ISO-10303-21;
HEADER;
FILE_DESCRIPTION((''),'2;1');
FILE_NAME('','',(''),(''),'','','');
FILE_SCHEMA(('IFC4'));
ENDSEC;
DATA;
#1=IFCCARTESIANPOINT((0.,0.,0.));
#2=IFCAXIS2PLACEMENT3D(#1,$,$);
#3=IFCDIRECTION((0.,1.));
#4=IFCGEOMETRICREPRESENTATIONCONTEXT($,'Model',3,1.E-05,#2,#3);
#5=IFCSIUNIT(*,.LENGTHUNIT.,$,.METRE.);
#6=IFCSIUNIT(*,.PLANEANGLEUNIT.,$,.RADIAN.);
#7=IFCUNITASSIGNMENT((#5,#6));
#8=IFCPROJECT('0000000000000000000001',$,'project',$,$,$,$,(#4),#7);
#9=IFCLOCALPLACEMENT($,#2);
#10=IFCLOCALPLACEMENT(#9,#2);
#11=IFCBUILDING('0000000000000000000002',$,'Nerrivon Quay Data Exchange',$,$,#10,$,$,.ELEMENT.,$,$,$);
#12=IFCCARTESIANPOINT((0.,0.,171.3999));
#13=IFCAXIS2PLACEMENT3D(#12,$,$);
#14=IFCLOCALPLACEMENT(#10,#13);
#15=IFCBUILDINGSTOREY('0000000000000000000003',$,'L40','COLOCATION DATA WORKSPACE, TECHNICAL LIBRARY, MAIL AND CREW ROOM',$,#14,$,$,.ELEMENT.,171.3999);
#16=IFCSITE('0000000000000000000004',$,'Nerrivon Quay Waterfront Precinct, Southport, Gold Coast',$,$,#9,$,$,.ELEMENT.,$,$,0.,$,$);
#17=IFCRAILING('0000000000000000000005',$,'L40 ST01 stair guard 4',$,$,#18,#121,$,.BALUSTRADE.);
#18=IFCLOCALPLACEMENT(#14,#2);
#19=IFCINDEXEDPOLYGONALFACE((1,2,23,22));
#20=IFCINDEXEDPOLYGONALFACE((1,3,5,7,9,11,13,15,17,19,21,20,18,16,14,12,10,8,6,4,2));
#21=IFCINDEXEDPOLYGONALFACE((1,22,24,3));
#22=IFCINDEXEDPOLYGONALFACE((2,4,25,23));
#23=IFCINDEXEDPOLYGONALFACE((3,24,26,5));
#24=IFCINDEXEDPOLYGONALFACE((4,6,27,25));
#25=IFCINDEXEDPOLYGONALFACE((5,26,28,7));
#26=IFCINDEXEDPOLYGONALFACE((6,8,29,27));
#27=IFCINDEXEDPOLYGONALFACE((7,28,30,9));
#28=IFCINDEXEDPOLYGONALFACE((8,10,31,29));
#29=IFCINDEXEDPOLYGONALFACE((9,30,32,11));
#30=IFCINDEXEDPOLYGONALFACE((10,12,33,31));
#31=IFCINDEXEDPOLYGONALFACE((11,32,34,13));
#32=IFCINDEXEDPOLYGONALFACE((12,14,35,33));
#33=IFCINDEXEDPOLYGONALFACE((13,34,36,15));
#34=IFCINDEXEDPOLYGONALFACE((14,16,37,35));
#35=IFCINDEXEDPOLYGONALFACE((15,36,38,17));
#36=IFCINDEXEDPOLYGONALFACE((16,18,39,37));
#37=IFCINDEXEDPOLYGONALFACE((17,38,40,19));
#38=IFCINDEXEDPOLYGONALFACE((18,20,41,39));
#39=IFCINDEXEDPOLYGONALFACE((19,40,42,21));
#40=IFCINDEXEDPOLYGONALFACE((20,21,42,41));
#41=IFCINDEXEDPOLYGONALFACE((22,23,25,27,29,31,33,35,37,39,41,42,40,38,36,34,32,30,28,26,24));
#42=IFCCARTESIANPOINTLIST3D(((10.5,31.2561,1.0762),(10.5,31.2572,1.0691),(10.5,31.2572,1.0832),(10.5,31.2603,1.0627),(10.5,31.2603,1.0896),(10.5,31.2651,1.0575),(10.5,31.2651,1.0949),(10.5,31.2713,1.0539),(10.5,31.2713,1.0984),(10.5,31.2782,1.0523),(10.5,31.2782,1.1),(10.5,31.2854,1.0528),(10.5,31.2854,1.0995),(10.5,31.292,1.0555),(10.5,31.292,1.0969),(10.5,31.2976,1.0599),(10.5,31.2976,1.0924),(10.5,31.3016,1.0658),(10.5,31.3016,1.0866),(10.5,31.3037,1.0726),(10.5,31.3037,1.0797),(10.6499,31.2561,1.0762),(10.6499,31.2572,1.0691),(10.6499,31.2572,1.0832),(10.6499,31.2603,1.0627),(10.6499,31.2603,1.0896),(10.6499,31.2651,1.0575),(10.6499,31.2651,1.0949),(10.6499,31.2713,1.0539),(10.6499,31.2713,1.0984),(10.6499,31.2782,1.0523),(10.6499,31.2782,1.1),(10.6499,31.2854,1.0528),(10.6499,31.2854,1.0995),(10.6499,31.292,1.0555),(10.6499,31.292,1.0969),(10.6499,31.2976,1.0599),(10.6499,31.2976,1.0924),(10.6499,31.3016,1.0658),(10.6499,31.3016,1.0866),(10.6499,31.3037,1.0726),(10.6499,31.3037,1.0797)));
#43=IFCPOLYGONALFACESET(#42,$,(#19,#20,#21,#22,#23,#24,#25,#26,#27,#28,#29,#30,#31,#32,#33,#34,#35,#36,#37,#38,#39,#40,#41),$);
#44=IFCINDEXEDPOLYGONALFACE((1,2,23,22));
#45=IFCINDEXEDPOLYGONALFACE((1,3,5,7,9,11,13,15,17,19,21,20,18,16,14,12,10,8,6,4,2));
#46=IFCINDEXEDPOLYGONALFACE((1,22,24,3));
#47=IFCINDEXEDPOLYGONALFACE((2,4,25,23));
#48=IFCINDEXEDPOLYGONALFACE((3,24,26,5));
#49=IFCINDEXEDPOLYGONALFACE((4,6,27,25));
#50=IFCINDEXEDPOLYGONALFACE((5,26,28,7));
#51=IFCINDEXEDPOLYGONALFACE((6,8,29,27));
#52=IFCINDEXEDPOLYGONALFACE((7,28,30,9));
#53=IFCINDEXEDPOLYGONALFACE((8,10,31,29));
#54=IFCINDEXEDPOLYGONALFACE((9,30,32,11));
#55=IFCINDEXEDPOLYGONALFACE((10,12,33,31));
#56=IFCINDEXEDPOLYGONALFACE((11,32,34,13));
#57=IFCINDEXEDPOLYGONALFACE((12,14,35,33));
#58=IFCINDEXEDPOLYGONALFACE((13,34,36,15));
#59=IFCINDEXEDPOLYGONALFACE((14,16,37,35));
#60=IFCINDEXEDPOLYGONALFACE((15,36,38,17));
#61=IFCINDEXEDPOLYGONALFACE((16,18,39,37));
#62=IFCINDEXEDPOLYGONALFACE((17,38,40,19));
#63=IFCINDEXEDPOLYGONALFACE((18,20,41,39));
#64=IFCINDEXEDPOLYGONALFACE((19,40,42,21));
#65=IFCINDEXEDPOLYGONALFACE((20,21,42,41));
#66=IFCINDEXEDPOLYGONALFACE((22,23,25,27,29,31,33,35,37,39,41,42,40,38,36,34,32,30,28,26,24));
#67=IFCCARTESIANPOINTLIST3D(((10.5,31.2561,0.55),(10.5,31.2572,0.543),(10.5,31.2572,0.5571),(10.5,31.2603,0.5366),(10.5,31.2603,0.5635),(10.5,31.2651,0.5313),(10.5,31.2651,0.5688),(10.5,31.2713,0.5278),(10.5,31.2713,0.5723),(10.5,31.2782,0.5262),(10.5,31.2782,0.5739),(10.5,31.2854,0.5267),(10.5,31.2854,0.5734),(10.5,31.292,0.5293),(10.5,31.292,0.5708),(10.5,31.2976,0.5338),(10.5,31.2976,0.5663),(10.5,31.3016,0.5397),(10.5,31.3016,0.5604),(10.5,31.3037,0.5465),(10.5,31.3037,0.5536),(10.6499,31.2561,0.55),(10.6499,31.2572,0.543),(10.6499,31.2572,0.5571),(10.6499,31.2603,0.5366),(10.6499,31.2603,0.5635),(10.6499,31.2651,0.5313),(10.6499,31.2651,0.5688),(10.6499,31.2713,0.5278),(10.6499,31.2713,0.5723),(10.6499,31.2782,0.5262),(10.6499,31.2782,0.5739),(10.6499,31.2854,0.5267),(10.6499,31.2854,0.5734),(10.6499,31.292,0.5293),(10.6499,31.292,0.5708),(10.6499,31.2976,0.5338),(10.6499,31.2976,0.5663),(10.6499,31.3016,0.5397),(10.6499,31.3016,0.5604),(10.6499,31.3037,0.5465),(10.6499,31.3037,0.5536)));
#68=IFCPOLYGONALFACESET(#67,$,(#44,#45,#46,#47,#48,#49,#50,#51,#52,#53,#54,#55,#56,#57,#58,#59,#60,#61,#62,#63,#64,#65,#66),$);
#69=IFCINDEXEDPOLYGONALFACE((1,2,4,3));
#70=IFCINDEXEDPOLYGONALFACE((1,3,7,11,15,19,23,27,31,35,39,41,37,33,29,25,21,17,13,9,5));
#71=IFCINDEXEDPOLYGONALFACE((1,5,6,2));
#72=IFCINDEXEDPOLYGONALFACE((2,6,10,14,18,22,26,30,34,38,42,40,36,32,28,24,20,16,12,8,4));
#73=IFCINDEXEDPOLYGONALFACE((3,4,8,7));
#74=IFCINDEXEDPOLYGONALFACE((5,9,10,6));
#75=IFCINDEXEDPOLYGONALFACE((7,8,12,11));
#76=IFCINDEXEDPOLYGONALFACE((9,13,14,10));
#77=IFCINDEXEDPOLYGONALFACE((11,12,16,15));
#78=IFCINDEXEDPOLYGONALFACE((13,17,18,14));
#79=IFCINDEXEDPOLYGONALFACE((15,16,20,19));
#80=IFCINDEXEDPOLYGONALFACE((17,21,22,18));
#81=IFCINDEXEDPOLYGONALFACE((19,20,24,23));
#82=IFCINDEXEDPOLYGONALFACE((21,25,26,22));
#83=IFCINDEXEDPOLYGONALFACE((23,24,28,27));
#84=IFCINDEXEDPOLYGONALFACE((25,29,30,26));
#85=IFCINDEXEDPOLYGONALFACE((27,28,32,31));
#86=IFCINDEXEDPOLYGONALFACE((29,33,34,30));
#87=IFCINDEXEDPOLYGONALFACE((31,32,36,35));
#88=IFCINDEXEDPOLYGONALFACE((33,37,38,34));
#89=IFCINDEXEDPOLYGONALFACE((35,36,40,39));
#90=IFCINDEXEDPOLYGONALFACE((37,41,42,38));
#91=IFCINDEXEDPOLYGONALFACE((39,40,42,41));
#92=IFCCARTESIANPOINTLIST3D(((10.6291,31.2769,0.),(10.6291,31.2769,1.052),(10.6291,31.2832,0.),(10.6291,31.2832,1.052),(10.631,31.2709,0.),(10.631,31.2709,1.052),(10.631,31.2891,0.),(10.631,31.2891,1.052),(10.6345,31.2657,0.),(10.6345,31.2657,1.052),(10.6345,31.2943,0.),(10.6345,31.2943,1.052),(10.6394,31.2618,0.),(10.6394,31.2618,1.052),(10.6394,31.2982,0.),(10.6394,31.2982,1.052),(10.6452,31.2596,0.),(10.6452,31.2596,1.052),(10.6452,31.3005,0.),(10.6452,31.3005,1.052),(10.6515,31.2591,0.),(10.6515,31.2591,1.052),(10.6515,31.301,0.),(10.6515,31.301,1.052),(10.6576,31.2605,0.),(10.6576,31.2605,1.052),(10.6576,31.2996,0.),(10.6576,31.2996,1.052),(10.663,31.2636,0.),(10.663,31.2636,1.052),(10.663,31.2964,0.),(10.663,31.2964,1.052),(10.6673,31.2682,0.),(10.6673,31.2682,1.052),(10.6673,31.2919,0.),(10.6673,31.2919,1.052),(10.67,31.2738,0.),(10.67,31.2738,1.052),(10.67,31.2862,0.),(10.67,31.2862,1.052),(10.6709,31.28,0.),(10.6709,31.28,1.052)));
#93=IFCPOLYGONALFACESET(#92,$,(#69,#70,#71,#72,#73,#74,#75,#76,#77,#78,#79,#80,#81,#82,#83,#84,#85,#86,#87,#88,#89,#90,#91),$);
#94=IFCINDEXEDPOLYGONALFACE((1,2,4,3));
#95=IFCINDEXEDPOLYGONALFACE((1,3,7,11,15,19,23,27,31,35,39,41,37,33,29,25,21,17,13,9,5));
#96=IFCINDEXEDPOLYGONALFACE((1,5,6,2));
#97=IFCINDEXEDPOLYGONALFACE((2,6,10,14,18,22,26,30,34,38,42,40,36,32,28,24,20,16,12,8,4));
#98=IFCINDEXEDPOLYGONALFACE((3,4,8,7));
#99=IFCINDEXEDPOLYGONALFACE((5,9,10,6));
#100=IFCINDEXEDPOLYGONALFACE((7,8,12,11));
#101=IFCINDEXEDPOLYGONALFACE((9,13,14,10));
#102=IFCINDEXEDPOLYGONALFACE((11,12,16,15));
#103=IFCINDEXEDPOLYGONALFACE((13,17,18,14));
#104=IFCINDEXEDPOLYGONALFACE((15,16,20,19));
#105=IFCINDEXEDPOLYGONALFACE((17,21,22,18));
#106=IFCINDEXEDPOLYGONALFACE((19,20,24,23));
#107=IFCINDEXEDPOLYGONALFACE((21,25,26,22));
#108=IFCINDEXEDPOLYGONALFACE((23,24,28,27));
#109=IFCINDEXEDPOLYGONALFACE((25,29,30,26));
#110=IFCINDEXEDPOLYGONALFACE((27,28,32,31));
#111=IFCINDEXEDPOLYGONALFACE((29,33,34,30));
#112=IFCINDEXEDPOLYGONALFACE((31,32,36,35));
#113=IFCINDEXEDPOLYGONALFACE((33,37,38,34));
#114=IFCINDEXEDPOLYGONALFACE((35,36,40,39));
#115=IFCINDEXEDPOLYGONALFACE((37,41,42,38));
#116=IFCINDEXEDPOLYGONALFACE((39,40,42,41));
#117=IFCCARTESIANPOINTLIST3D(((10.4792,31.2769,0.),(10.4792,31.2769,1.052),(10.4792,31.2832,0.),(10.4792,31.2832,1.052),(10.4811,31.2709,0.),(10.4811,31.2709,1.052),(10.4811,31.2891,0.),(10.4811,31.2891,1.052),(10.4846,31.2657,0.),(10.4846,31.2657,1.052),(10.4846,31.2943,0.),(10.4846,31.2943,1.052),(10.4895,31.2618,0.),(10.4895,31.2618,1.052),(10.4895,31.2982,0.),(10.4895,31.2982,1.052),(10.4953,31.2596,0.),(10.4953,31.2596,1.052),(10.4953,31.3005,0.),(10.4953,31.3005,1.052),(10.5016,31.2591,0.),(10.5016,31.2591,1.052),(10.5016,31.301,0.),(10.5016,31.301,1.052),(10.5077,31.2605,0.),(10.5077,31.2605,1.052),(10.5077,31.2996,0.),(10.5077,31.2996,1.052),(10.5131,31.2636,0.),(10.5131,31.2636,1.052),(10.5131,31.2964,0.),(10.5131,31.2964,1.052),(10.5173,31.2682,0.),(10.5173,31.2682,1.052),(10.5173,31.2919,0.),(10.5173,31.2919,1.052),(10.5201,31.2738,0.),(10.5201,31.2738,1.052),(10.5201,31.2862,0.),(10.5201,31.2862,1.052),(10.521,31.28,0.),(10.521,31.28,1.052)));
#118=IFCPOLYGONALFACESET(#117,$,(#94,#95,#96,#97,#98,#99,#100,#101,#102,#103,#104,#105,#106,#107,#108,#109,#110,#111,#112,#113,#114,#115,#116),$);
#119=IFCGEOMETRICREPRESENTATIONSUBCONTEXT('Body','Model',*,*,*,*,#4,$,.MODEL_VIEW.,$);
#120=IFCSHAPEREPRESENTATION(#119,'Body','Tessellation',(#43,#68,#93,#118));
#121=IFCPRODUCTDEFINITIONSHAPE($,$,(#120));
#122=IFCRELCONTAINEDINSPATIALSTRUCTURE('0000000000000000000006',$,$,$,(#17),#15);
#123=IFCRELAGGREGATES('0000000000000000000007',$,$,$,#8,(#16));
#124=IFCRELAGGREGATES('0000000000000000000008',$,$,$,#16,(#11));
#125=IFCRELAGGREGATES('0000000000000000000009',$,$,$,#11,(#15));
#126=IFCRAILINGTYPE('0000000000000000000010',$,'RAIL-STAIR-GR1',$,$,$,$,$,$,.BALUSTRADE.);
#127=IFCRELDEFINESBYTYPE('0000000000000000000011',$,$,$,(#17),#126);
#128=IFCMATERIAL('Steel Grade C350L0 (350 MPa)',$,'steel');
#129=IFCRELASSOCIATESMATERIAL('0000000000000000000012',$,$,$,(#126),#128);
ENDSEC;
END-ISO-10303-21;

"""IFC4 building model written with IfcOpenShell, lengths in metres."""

from ifc_helpers import new_model, si_unit, direction, frame, origin, origin_2d, place, context, subcontext, project, spatial, circle, extrude, material, type_object, element, save


model = new_model("IFC4")

# Units and contexts
model_context = context("Model", 3, precision=1e-05, world=origin(), true_north=direction((0.0, 1.0)))
body_context = subcontext(model_context, "Body", "Model", "MODEL_VIEW")
ifc_project = project(units=[si_unit("LENGTHUNIT", "METRE"), si_unit("PLANEANGLEUNIT", "RADIAN")], contexts=[model_context])

# Site, building, storey
site_placement = place(None, origin())
site = spatial("IfcSite", under=ifc_project, at=site_placement, Name="Nerrivon Quay Waterfront Precinct, Southport, Gold Coast", CompositionType="ELEMENT", RefElevation=0.0)
building_placement = place(site_placement, origin())
building = spatial("IfcBuilding", under=site, at=building_placement, Name="Nerrivon Quay Data Exchange", CompositionType="ELEMENT")
storey_placement = place(building_placement, frame((0.0, 0.0, 171.3999)))
storey = spatial("IfcBuildingStorey", under=building, at=storey_placement, Name="L40", Description="COLOCATION DATA WORKSPACE, TECHNICAL LIBRARY, MAIL AND CREW ROOM", CompositionType="ELEMENT", Elevation=171.3999)

# Railing
ifc_material_1 = material(Name="Steel Grade C350L0 (350 MPa)", Category="steel")
railing_type_1 = type_object("IfcRailingType", Name="RAIL-STAIR-GR1", PredefinedType="BALUSTRADE", material=ifc_material_1)
railing_1_placement = place(storey_placement, frame((10.6499, 31.28, 0.0)))
element("IfcRailing", 1, at=railing_1_placement, inside=storey, type_object=railing_type_1, Name="L40 ST01 stair guard 4", PredefinedType="BALUSTRADE", context=body_context, shape_type="SweptSolid", body=[
    extrude(circle(Radius=0.0239, at=origin_2d()), frame((0.0, 0.0, 1.0762), z_axis=(-1.0, 0.0, 0.0), x_axis=(0.0, -1.0, 0.0)), (0.0, 0.0, 1.0), 0.1499),
    extrude(circle(Radius=0.0239, at=origin_2d()), frame((0.0, 0.0, 0.55), z_axis=(-1.0, 0.0, 0.0), x_axis=(0.0, -1.0, 0.0)), (0.0, 0.0, 1.0), 0.1499),
    extrude(circle(Radius=0.021, at=origin_2d()), origin(), (0.0, 0.0, 1.0), 1.052),
    extrude(circle(Radius=0.021, at=origin_2d()), frame((-0.1499, 0.0, 0.0)), (0.0, 0.0, 1.0), 1.052),
])

save(model, "model.ifc")
